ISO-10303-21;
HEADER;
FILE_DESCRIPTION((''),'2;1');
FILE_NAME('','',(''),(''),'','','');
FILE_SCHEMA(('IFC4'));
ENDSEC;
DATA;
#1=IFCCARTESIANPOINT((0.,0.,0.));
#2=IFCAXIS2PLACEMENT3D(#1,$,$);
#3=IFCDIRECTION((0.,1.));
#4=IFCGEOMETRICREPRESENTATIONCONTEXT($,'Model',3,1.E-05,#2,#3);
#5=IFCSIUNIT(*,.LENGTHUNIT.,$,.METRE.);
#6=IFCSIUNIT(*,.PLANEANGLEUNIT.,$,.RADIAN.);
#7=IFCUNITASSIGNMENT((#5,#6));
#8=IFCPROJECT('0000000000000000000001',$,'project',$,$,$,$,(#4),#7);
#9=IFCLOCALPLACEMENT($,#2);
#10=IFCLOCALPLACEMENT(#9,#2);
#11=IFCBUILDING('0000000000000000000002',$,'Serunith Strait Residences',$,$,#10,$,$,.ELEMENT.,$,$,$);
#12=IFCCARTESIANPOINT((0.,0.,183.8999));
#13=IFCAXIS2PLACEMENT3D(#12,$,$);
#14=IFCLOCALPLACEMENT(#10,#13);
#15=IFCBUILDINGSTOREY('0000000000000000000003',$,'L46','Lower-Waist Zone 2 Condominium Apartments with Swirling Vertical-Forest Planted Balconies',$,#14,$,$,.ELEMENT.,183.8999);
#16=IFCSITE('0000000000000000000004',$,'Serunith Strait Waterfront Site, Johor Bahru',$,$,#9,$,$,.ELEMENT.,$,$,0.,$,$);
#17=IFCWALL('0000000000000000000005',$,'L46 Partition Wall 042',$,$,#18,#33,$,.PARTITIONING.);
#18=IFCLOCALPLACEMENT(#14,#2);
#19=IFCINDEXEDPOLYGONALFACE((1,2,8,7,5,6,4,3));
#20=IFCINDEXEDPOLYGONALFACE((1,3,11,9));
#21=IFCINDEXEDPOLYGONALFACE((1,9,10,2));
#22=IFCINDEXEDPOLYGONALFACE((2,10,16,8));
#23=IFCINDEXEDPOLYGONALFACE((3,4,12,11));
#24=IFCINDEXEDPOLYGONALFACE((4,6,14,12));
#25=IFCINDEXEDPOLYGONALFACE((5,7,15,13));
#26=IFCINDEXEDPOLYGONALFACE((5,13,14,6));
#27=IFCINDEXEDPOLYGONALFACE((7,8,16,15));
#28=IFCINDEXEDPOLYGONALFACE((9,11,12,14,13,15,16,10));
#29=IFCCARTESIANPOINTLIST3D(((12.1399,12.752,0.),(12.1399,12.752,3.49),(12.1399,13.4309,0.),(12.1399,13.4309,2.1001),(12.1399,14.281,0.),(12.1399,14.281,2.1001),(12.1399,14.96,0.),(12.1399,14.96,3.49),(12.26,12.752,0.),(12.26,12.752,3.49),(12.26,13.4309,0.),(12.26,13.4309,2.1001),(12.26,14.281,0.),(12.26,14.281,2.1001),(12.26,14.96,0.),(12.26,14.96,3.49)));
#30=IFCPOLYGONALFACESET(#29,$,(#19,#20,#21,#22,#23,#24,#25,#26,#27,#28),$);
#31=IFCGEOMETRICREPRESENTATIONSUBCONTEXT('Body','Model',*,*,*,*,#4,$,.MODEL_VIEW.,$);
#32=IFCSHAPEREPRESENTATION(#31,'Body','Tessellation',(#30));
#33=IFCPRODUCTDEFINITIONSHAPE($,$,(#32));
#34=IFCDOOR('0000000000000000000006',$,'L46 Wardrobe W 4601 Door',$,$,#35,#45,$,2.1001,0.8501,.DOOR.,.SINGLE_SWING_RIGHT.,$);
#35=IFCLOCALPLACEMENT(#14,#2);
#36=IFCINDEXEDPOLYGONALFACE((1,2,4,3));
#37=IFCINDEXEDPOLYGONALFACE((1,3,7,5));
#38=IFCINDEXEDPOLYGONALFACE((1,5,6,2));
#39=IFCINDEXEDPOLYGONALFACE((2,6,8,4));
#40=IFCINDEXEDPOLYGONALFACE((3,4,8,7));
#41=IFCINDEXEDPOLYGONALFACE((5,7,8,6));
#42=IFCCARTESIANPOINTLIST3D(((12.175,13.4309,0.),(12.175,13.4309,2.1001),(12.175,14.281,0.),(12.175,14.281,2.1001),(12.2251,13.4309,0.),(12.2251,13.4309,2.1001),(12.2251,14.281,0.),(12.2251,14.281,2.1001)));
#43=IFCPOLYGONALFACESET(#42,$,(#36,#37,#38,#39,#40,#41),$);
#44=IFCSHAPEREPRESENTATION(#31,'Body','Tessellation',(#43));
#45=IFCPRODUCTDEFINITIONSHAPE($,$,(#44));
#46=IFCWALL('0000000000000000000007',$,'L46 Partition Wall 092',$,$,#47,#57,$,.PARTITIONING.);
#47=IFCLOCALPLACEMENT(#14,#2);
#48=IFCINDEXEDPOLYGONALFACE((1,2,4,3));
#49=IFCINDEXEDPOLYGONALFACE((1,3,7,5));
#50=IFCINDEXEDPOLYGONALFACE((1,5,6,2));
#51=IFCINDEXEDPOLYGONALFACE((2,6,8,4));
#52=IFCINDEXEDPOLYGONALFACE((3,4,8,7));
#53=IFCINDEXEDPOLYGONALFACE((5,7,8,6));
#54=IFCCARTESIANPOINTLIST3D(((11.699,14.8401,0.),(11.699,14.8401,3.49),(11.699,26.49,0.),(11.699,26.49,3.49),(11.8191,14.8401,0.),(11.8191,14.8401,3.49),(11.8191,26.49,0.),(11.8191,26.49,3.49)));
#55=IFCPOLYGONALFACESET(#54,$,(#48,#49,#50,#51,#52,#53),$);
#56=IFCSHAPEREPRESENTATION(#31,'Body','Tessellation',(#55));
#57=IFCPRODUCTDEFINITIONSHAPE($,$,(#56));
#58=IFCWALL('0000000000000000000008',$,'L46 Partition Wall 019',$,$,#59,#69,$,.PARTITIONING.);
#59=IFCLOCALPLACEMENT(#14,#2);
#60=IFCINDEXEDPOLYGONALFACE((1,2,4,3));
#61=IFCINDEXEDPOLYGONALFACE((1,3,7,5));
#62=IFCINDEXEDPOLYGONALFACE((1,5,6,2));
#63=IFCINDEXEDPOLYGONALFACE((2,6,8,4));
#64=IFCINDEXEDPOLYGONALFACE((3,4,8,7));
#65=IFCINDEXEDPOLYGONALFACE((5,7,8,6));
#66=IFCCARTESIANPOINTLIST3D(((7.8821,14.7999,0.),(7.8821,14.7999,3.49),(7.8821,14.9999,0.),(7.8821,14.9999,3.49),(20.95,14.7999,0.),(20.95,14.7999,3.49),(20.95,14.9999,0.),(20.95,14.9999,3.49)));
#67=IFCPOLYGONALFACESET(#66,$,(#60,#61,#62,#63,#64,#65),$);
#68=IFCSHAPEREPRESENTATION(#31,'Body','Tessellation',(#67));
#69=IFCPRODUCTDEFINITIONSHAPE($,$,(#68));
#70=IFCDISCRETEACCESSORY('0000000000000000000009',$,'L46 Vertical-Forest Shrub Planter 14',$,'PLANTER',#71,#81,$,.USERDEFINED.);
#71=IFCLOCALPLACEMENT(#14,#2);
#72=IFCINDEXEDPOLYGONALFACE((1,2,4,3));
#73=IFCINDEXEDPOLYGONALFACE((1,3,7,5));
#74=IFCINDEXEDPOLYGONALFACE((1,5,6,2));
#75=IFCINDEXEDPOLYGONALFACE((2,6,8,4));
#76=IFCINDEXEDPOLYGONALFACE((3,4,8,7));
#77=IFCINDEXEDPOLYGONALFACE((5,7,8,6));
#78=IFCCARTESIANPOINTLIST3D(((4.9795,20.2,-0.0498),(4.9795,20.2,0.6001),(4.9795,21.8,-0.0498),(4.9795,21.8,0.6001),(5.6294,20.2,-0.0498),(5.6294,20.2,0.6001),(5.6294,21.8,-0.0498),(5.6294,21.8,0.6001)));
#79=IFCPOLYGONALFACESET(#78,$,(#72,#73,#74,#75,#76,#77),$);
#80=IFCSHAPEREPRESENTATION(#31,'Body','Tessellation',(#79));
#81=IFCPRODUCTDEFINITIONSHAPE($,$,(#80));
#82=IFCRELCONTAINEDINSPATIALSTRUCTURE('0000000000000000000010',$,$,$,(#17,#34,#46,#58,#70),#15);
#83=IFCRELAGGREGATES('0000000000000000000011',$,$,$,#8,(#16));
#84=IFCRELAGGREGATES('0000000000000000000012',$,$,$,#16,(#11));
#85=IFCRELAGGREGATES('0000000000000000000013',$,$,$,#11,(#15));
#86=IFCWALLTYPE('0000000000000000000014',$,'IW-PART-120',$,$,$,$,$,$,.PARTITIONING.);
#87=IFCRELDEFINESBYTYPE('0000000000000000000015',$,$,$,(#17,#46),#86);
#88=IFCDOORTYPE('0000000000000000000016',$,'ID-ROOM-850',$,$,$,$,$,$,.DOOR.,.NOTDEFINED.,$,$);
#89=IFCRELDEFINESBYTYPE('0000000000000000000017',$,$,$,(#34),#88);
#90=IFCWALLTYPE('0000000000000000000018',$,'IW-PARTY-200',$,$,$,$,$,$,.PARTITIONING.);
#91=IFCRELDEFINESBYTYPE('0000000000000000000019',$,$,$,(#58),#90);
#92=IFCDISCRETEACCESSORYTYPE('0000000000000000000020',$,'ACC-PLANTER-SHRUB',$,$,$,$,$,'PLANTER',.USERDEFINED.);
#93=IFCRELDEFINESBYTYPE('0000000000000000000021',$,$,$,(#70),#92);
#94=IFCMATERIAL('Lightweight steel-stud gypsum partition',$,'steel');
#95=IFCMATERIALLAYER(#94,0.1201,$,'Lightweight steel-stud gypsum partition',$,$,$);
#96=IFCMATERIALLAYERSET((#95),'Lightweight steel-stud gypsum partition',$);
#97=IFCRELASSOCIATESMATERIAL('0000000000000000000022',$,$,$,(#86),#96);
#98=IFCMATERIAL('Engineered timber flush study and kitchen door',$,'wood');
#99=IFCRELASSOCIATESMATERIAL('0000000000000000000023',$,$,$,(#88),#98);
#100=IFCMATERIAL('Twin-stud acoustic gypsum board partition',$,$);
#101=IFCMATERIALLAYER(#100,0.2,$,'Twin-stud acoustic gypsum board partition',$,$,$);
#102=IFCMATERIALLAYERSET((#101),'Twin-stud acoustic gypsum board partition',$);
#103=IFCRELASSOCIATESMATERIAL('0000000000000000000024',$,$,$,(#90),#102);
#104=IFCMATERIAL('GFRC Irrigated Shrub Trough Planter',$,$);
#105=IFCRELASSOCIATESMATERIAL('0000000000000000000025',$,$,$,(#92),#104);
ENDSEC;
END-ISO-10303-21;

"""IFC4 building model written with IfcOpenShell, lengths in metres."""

from ifc_helpers import new_model, si_unit, direction, frame, frame_2d, origin, origin_2d, place, context, subcontext, project, spatial, rectangle, extrude, source, transform, mapped, material, layer, layer_set, type_object, element, fill, save


model = new_model("IFC4")

# Units and contexts
model_context = context("Model", 3, precision=1e-05, world=origin(), true_north=direction((0.0, 1.0)))
body_context = subcontext(model_context, "Body", "Model", "MODEL_VIEW")
ifc_project = project(units=[si_unit("LENGTHUNIT", "METRE"), si_unit("PLANEANGLEUNIT", "RADIAN")], contexts=[model_context])

# Site, building, storey
site_placement = place(None, origin())
site = spatial("IfcSite", under=ifc_project, at=site_placement, Name="Serunith Strait Waterfront Site, Johor Bahru", CompositionType="ELEMENT", RefElevation=0.0)
building_placement = place(site_placement, origin())
building = spatial("IfcBuilding", under=site, at=building_placement, Name="Serunith Strait Residences", CompositionType="ELEMENT")
storey_placement = place(building_placement, frame((0.0, 0.0, 183.8999)))
storey = spatial("IfcBuildingStorey", under=building, at=storey_placement, Name="L46", Description="Lower-Waist Zone 2 Condominium Apartments with Swirling Vertical-Forest Planted Balconies", CompositionType="ELEMENT", Elevation=183.8999)

# Shared definitions
ifc_material_1 = material(Name="Lightweight steel-stud gypsum partition", Category="steel")
ifc_layer_1 = layer(ifc_material_1, 0.1201, Name="Lightweight steel-stud gypsum partition")
ifc_layer_set_1 = layer_set([ifc_layer_1], Name="Lightweight steel-stud gypsum partition")
wall_type_1 = type_object("IfcWallType", Name="IW-PART-120", PredefinedType="PARTITIONING", material=ifc_layer_set_1)
shared_shape_1 = source(origin(), body_context, "Body", "SweptSolid", [
    extrude(rectangle(XDim=0.8501, YDim=2.1001, at=frame_2d((0.425, 1.05))), frame((0.0, 0.0249, 0.0), z_axis=(0.0, -1.0, 0.0), x_axis=(1.0, 0.0, 0.0)), (0.0, 0.0, 1.0), 0.05),
])

# Wall, opening, door
wall_1_placement = place(storey_placement, frame((12.2, 12.752, 0.0), z_axis=(0.0, 0.0, 1.0), x_axis=(0.0, 1.0, 0.0)))
wall_1 = element("IfcWall", 1, at=wall_1_placement, inside=storey, type_object=wall_type_1, Name="L46 Partition Wall 042", PredefinedType="PARTITIONING", context=body_context, shape_type="SweptSolid", body=[
    extrude(rectangle(XDim=2.208, YDim=0.1201, at=frame_2d((1.104, 0.0))), origin(), (0.0, 0.0, 1.0), 3.49),
])
opening_1_placement = place(wall_1_placement, frame((0.679, 0.0, 0.0)))
opening_1 = element("IfcOpeningElement", 2, at=opening_1_placement, cuts=wall_1, PredefinedType="OPENING", context=body_context, shape_type="SweptSolid", body=[
    extrude(rectangle(XDim=0.8501, YDim=2.1001, at=frame_2d((0.425, 1.05))), frame((0.0, 0.0701, 0.0), z_axis=(0.0, -1.0, 0.0), x_axis=(1.0, 0.0, 0.0)), (0.0, 0.0, 1.0), 0.1401),
])
ifc_material_2 = material(Name="Engineered timber flush study and kitchen door", Category="wood")
door_type_1 = type_object("IfcDoorType", Name="ID-ROOM-850", OperationType="NOTDEFINED", PredefinedType="DOOR", material=ifc_material_2)
door_1_placement = place(opening_1_placement, origin())
door_1 = element("IfcDoor", 3, at=door_1_placement, inside=storey, type_object=door_type_1, Name="L46 Wardrobe W 4601 Door", OperationType="SINGLE_SWING_RIGHT", OverallHeight=2.1001, OverallWidth=0.8501, PredefinedType="DOOR", context=body_context, shape_type="MappedRepresentation", body=[
    mapped(shared_shape_1, transform((0.0, 0.0, 0.0), scale=1.0)),
])
fill(opening_1, door_1)

# Walls
wall_2_placement = place(storey_placement, frame((11.759, 14.8401, 0.0), z_axis=(0.0, 0.0, 1.0), x_axis=(0.0, 1.0, 0.0)))
element("IfcWall", 4, at=wall_2_placement, inside=storey, type_object=wall_type_1, Name="L46 Partition Wall 092", PredefinedType="PARTITIONING", context=body_context, shape_type="SweptSolid", body=[
    extrude(rectangle(XDim=11.6499, YDim=0.1201, at=frame_2d((5.825, 0.0))), origin(), (0.0, 0.0, 1.0), 3.49),
])
ifc_material_3 = material(Name="Twin-stud acoustic gypsum board partition")
ifc_layer_2 = layer(ifc_material_3, 0.2, Name="Twin-stud acoustic gypsum board partition")
ifc_layer_set_2 = layer_set([ifc_layer_2], Name="Twin-stud acoustic gypsum board partition")
wall_type_2 = type_object("IfcWallType", Name="IW-PARTY-200", PredefinedType="PARTITIONING", material=ifc_layer_set_2)
wall_3_placement = place(storey_placement, frame((7.8821, 14.8999, 0.0), z_axis=(0.0, 0.0, 1.0), x_axis=(1.0, 0.0, 0.0)))
element("IfcWall", 5, at=wall_3_placement, inside=storey, type_object=wall_type_2, Name="L46 Partition Wall 019", PredefinedType="PARTITIONING", context=body_context, shape_type="SweptSolid", body=[
    extrude(rectangle(XDim=13.0679, YDim=0.2, at=frame_2d((6.5339, 0.0))), origin(), (0.0, 0.0, 1.0), 3.49),
])

# Discrete accessory
ifc_material_4 = material(Name="GFRC Irrigated Shrub Trough Planter")
discrete_accessory_type = type_object("IfcDiscreteAccessoryType", Name="ACC-PLANTER-SHRUB", ElementType="PLANTER", PredefinedType="USERDEFINED", material=ifc_material_4)
shared_shape_2 = source(origin(), body_context, "Body", "SweptSolid", [
    extrude(rectangle(XDim=1.6001, YDim=0.6499, at=origin_2d()), origin(), (0.0, 0.0, 1.0), 0.6499),
])
discrete_accessory_placement = place(storey_placement, frame((5.3044, 21.0, -0.0498), z_axis=(0.0, 0.0, 1.0), x_axis=(0.0, -1.0, 0.0)))
element("IfcDiscreteAccessory", 6, at=discrete_accessory_placement, inside=storey, type_object=discrete_accessory_type, Name="L46 Vertical-Forest Shrub Planter 14", ObjectType="PLANTER", PredefinedType="USERDEFINED", context=body_context, shape_type="MappedRepresentation", body=[
    mapped(shared_shape_2, transform((0.0, 0.0, 0.0), scale=1.0)),
])

save(model, "model.ifc")
